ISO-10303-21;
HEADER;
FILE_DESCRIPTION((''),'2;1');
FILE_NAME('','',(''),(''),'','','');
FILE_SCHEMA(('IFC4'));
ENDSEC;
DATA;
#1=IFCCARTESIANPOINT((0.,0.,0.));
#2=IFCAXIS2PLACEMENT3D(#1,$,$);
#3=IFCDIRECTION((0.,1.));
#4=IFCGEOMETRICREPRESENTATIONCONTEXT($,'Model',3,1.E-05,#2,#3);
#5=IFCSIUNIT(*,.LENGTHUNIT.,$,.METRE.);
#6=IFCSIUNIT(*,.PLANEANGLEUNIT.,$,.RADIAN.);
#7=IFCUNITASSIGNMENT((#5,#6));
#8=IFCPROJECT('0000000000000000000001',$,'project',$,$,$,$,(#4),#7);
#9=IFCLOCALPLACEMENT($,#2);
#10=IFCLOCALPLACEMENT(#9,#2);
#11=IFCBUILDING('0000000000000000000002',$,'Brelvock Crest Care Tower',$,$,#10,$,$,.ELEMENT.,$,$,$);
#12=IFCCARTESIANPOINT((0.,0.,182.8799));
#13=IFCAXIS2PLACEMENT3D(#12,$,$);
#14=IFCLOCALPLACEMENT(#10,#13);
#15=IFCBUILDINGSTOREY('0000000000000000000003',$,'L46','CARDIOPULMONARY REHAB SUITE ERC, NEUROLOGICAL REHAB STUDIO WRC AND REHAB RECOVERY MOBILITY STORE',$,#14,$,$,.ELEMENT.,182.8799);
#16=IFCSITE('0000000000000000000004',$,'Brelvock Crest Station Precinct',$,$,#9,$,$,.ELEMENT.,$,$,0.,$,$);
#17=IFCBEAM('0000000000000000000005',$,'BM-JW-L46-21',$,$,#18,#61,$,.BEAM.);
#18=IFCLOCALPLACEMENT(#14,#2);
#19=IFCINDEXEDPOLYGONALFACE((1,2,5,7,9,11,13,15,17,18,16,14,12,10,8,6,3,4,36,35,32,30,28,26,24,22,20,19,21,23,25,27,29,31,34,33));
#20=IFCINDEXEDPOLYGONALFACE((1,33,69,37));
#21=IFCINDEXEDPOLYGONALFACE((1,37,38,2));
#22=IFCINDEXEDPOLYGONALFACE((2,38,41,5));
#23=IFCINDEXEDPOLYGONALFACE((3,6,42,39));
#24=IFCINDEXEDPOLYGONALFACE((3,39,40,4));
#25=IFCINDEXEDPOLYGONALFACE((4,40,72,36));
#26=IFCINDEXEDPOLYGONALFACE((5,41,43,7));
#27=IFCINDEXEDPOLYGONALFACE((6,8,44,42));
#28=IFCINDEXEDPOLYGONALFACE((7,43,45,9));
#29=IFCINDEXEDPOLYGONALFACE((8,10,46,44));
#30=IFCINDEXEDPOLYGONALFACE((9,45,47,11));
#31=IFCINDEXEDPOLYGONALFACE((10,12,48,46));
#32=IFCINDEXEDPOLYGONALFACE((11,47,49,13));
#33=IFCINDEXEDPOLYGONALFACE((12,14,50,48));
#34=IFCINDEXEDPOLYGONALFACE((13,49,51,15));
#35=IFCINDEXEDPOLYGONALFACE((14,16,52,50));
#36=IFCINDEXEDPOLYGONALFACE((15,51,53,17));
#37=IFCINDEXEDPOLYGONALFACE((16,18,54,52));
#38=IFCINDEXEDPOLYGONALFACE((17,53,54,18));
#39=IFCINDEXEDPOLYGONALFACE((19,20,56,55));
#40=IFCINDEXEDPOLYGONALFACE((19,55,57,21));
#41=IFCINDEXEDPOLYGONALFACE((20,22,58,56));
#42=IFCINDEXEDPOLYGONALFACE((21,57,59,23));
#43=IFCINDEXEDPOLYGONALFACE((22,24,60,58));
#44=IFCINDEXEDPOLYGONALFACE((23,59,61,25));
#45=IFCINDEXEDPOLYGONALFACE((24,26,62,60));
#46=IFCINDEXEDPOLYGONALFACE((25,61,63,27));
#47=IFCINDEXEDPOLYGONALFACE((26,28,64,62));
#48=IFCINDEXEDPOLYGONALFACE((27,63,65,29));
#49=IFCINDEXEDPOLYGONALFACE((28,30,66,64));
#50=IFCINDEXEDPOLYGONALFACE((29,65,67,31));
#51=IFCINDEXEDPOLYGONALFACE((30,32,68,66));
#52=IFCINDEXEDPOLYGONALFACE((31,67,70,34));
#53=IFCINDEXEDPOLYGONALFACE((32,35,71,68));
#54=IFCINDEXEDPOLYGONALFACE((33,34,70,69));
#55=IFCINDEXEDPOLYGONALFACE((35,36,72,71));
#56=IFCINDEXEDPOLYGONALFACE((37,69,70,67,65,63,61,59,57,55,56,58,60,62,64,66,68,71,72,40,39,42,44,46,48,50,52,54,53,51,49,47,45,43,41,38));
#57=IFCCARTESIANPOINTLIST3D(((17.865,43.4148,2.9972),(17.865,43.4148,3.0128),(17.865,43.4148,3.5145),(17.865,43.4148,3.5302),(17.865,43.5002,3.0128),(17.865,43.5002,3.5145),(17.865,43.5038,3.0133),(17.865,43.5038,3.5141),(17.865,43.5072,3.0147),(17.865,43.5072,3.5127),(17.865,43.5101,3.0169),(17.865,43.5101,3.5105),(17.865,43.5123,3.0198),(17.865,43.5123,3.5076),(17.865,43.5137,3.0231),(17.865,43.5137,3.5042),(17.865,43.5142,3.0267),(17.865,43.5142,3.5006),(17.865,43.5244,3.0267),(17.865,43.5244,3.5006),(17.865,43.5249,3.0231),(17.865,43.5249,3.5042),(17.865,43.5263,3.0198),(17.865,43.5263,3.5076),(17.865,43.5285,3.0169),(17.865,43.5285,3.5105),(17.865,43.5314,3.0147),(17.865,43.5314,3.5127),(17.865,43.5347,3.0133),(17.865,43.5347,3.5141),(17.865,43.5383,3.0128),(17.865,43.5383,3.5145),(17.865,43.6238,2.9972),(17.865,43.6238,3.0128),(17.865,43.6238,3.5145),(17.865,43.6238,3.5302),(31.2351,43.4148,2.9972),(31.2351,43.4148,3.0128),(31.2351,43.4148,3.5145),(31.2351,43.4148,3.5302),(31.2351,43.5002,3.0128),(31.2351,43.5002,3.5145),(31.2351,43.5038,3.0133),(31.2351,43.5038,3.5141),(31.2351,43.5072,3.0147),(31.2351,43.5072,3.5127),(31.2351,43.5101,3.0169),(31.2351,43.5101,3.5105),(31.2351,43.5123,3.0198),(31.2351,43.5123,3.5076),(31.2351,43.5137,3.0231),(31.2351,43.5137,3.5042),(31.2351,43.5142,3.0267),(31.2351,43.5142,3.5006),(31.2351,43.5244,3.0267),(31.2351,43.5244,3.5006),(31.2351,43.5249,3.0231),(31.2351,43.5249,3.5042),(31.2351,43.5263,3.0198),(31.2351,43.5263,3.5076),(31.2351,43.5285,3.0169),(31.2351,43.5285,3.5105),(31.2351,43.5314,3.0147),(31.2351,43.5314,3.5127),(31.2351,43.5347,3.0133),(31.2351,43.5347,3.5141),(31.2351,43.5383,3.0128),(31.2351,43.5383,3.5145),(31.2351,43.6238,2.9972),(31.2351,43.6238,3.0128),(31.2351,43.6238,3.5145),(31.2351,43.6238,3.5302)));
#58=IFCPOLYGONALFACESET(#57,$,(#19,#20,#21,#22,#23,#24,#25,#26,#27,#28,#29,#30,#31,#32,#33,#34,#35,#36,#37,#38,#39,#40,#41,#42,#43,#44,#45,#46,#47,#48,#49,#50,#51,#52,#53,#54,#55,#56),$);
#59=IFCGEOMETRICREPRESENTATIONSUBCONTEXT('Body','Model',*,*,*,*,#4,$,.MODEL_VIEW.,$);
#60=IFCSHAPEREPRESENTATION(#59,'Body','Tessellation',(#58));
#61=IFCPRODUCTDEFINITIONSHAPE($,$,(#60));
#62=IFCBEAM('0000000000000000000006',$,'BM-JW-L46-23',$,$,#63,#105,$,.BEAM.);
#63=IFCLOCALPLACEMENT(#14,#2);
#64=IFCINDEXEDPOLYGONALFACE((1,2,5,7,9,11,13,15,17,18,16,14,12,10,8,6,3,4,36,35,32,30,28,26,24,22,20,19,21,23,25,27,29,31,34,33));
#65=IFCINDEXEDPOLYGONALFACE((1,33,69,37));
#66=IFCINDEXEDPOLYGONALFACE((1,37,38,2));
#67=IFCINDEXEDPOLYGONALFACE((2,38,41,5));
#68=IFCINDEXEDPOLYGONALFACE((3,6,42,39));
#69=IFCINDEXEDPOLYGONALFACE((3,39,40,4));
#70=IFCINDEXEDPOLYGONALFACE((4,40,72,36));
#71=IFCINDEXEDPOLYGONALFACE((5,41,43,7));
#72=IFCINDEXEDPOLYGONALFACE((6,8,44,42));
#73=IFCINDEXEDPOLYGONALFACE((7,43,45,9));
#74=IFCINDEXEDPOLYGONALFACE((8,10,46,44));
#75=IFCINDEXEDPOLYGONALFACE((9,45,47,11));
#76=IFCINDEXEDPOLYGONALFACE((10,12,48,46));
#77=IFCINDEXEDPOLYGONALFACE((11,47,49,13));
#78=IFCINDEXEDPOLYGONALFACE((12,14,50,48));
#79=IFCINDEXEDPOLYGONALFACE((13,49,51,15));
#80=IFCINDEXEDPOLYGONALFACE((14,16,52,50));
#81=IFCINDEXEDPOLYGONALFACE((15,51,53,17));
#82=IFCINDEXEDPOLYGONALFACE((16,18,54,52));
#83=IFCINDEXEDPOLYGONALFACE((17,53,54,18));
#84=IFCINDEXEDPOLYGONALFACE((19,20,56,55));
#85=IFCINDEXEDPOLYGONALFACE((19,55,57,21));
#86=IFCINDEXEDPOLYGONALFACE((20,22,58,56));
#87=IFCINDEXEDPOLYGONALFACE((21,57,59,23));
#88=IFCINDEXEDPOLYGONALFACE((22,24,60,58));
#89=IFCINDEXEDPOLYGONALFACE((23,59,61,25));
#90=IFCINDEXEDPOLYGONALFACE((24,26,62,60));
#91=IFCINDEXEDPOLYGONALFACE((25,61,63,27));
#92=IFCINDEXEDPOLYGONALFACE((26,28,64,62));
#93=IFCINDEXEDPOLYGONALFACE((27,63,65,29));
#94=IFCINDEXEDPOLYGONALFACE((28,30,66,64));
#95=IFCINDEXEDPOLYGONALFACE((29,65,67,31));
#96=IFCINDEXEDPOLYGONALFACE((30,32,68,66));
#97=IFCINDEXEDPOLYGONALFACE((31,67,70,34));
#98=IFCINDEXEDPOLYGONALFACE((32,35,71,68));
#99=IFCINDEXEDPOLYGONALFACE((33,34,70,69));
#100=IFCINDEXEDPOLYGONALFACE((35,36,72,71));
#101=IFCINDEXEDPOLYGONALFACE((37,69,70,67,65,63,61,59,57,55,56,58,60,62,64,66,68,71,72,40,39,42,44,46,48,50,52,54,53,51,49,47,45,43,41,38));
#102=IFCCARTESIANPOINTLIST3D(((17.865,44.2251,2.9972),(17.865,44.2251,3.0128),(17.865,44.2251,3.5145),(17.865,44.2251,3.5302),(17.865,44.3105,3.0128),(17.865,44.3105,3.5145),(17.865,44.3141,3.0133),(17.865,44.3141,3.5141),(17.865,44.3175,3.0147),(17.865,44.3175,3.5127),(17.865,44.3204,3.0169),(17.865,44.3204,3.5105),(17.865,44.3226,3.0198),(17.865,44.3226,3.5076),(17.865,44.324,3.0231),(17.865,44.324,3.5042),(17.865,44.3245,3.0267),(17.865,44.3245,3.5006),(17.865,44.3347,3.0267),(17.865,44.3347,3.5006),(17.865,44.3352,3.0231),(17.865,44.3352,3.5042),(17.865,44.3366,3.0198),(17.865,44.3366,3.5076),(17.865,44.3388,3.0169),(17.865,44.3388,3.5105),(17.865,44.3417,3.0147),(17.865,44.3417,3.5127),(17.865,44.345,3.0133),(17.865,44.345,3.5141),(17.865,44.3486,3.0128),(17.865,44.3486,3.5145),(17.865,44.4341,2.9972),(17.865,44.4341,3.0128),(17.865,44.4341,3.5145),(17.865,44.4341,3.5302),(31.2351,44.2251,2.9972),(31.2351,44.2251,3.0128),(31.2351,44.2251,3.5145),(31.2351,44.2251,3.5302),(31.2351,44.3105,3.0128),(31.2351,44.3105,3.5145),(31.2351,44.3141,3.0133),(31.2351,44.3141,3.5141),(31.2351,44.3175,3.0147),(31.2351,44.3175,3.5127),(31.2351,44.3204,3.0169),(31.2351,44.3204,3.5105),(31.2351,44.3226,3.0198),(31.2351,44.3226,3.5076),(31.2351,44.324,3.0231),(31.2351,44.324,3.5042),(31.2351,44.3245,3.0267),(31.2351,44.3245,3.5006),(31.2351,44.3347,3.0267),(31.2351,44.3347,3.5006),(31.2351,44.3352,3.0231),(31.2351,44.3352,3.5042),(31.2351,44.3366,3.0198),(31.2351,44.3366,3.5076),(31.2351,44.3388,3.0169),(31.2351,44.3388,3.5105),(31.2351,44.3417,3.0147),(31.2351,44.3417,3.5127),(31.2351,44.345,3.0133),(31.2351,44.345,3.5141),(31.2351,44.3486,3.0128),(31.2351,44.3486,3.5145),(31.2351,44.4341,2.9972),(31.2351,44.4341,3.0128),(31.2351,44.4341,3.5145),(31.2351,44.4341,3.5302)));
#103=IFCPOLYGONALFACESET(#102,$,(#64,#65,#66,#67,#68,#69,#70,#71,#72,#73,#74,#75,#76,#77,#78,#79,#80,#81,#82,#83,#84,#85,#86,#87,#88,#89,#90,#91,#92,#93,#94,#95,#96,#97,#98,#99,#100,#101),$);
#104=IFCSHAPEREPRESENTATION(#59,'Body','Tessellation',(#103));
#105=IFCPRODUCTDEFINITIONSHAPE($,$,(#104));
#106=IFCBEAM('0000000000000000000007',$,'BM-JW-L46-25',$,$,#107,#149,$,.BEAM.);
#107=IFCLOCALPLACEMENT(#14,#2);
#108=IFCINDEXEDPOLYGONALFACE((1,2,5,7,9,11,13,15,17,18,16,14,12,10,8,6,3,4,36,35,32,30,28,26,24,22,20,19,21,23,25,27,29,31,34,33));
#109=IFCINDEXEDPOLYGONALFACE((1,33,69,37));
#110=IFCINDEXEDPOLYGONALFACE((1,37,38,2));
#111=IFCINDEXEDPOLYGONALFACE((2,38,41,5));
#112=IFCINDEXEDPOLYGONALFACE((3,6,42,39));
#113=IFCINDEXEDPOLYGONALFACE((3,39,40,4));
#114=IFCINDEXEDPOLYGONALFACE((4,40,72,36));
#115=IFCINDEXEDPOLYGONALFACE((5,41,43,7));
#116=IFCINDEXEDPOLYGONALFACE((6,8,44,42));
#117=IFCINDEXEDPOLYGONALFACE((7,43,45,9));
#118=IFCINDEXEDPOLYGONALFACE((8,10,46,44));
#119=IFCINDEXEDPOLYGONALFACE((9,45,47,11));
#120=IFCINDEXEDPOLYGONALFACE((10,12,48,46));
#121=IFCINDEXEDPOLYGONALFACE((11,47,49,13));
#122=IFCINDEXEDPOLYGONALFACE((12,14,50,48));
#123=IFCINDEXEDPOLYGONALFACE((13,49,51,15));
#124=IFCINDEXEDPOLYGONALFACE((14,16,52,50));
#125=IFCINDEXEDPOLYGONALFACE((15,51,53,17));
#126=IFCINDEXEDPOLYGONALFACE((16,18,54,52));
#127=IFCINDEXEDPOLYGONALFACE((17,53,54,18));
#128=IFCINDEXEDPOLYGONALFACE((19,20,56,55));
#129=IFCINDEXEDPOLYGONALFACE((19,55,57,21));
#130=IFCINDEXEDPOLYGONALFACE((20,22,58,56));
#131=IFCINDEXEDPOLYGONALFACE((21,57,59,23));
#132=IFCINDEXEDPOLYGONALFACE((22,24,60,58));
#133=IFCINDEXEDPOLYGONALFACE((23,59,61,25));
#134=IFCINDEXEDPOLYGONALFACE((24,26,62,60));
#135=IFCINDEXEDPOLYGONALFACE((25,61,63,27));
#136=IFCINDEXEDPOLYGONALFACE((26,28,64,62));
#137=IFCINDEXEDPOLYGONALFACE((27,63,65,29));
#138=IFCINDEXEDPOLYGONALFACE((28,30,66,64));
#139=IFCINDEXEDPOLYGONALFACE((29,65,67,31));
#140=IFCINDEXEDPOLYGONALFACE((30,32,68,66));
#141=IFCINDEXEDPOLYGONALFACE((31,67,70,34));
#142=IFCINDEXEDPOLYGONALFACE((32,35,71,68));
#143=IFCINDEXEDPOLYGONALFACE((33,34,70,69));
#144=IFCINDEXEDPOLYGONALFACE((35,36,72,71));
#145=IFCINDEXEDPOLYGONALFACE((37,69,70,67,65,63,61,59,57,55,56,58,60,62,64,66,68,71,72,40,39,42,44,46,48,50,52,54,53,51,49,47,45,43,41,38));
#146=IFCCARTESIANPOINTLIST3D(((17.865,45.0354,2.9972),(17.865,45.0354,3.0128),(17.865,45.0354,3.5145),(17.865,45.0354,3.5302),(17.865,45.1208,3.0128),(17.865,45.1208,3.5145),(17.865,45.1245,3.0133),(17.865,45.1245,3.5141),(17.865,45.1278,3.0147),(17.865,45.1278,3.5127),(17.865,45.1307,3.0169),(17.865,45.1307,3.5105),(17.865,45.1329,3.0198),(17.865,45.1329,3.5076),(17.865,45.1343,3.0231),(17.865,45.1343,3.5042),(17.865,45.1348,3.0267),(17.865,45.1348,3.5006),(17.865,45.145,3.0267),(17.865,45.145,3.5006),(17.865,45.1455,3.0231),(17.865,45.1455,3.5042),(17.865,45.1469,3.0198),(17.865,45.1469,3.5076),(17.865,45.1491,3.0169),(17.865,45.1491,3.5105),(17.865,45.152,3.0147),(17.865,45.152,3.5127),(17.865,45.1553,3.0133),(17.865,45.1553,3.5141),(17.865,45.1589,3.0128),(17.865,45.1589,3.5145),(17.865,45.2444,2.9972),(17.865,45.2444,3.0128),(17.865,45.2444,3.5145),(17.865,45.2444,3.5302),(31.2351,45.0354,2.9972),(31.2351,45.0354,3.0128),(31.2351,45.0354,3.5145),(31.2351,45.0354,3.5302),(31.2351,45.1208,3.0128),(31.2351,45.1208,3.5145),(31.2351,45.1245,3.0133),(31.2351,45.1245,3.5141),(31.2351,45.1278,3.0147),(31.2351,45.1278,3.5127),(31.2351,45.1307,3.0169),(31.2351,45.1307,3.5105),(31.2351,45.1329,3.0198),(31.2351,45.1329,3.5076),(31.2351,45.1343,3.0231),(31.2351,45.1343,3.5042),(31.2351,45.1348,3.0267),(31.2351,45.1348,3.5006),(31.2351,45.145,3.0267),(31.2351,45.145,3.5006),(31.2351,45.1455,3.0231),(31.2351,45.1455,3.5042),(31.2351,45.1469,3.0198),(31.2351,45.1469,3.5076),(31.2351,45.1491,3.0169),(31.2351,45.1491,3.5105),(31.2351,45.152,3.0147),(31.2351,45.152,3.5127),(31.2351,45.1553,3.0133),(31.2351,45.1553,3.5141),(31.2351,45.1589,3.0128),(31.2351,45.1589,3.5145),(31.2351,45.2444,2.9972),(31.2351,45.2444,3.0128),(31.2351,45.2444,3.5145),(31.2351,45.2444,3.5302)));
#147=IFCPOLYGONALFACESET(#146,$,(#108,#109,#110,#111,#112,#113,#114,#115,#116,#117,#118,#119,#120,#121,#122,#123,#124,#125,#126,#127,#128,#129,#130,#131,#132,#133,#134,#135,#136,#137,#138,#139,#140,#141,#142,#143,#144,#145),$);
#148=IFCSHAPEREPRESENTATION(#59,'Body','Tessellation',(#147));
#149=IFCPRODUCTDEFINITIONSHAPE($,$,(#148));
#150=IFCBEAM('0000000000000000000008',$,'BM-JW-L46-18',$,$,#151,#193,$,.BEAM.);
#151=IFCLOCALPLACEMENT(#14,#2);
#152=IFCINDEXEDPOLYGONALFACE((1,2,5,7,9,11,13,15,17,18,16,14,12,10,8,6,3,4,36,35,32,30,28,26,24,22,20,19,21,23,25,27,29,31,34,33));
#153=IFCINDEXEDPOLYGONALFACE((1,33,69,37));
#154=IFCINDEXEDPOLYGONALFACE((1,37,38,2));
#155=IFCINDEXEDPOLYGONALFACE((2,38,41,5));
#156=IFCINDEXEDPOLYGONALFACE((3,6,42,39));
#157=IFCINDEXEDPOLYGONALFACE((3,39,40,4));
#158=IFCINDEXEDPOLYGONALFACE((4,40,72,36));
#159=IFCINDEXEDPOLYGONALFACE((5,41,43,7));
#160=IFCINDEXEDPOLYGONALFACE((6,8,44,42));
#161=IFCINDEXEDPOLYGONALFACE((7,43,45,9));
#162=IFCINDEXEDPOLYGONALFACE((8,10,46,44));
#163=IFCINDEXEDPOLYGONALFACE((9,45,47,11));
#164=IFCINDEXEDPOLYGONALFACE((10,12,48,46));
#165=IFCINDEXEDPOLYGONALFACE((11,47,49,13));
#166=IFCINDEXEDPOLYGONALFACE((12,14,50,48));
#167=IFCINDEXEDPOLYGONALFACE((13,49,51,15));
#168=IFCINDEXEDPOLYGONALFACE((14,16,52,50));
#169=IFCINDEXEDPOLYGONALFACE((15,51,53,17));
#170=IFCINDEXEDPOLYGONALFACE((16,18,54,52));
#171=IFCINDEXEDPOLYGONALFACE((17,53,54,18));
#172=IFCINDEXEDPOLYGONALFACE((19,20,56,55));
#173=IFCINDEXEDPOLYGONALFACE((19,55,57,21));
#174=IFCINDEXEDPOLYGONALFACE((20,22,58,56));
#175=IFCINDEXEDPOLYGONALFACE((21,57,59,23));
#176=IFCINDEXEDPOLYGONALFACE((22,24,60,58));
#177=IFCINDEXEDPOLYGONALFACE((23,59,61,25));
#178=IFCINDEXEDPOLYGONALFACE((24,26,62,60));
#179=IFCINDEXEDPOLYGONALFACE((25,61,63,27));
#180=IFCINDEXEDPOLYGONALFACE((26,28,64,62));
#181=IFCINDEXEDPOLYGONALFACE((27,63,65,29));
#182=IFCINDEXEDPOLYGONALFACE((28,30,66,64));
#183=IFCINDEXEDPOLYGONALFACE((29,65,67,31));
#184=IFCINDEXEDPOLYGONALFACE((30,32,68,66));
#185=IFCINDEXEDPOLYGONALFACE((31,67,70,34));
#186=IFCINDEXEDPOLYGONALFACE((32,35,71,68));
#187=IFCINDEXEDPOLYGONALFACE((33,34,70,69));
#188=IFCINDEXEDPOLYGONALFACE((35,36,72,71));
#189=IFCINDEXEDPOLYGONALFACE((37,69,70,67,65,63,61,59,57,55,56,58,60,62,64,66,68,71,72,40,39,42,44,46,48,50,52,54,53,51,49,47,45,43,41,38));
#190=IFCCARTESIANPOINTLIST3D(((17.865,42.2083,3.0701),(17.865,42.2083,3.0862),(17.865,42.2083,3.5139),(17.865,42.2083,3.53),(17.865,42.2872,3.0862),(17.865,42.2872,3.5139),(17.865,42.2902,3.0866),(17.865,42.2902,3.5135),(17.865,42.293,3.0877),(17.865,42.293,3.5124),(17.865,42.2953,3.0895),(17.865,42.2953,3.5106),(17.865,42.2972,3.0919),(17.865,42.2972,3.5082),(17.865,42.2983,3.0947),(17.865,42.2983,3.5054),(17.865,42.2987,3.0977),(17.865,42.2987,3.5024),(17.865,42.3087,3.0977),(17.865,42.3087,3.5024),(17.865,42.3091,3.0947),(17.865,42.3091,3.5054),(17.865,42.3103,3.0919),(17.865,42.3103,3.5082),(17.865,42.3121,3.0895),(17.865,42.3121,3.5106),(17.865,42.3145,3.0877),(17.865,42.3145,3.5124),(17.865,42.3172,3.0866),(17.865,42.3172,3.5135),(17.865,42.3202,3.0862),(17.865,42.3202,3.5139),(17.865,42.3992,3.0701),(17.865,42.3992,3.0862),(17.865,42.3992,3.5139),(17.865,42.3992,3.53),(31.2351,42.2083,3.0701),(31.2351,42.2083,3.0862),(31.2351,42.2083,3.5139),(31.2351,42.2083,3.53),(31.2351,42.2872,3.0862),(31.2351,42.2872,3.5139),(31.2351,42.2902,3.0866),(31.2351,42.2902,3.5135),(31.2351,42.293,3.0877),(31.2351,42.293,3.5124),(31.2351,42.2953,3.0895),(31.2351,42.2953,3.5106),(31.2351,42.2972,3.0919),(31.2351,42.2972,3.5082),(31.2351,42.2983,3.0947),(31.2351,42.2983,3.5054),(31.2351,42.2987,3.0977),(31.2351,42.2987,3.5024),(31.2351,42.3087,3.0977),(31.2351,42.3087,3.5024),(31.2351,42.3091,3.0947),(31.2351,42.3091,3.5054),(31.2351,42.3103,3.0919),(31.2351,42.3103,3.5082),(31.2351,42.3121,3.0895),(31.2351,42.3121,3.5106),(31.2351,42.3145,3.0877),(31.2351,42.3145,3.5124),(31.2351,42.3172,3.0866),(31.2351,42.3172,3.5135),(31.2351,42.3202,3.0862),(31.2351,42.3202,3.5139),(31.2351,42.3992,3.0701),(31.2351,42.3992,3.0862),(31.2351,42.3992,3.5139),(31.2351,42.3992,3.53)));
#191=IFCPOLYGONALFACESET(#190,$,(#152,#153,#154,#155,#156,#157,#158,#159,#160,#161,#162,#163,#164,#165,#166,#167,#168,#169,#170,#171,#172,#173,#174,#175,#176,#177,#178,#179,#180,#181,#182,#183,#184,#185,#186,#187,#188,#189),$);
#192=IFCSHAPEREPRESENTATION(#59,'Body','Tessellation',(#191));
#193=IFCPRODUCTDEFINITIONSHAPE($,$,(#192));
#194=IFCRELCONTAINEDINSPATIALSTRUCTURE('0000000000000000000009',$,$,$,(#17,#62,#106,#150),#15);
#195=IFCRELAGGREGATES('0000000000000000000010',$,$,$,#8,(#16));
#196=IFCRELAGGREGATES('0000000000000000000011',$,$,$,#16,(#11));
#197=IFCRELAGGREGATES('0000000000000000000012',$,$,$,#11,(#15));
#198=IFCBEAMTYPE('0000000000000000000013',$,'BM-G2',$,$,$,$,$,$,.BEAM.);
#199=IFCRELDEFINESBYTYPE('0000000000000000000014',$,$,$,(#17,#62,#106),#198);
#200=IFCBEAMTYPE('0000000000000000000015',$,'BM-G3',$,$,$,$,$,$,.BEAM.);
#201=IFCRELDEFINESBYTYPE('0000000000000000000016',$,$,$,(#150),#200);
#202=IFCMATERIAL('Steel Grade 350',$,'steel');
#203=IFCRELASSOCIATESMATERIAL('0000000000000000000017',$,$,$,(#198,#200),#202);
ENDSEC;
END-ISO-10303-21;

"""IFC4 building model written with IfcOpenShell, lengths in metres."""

from ifc_helpers import new_model, si_unit, direction, frame, origin, origin_2d, place, context, subcontext, project, spatial, i_section, extrude, source, transform, mapped, material, material_profile, profile_set, type_object, element, save


model = new_model("IFC4")

# Units and contexts
model_context = context("Model", 3, precision=1e-05, world=origin(), true_north=direction((0.0, 1.0)))
body_context = subcontext(model_context, "Body", "Model", "MODEL_VIEW")
ifc_project = project(units=[si_unit("LENGTHUNIT", "METRE"), si_unit("PLANEANGLEUNIT", "RADIAN")], contexts=[model_context])

# Site, building, storey
site_placement = place(None, origin())
site = spatial("IfcSite", under=ifc_project, at=site_placement, Name="Brelvock Crest Station Precinct", CompositionType="ELEMENT", RefElevation=0.0)
building_placement = place(site_placement, origin())
building = spatial("IfcBuilding", under=site, at=building_placement, Name="Brelvock Crest Care Tower", CompositionType="ELEMENT")
storey_placement = place(building_placement, frame((0.0, 0.0, 182.8799)))
storey = spatial("IfcBuildingStorey", under=building, at=storey_placement, Name="L46", Description="CARDIOPULMONARY REHAB SUITE ERC, NEUROLOGICAL REHAB STUDIO WRC AND REHAB RECOVERY MOBILITY STORE", CompositionType="ELEMENT", Elevation=182.8799)

# Beams
ifc_material_1 = material(Name="Steel Grade 350", Category="steel")
ifc_material_profile_1 = material_profile(ifc_material_1, i_section(OverallWidth=0.209, OverallDepth=0.533, WebThickness=0.0103, FlangeThickness=0.0156, FilletRadius=0.0139, at=origin_2d()), Name="530UB92.4")
ifc_profile_set_1 = profile_set([ifc_material_profile_1], Name="Steel Grade 350")
beam_type_1 = type_object("IfcBeamType", Name="BM-G2", PredefinedType="BEAM", material=ifc_profile_set_1)
shared_shape_1 = source(origin(), body_context, "Body", "SweptSolid", [
    extrude(i_section(OverallWidth=0.209, OverallDepth=0.533, WebThickness=0.0103, FlangeThickness=0.0156, FilletRadius=0.0139, at=origin_2d()), origin(), (0.0, 0.0, 1.0), 13.3701),
])
for number, where, z_axis, x_axis, name in (
    (1, (17.865, 43.5193, 3.2637), (1.0, 0.0, 0.0), (0.0, 1.0, 0.0), "BM-JW-L46-21"),
    (2, (17.865, 44.3296, 3.2637), (1.0, 0.0, 0.0), (0.0, 1.0, 0.0), "BM-JW-L46-23"),
    (3, (17.865, 45.1399, 3.2637), (1.0, 0.0, 0.0), (0.0, 1.0, 0.0), "BM-JW-L46-25"),
):
    element("IfcBeam", number, at=place(storey_placement, frame(where, z_axis=z_axis, x_axis=x_axis)), inside=storey, type_object=beam_type_1, Name=name, PredefinedType="BEAM", context=body_context, shape_type="MappedRepresentation", body=[
        mapped(shared_shape_1, transform((0.0, 0.0, 0.0), x_axis=(1.0, 0.0, 0.0), y_axis=(0.0, 1.0, 0.0), z_axis=(0.0, 0.0, 1.0), scale=1.0)),
    ])
ifc_material_profile_2 = material_profile(ifc_material_1, i_section(OverallWidth=0.1909, OverallDepth=0.46, WebThickness=0.01, FlangeThickness=0.0161, FilletRadius=0.0115, at=origin_2d()), Name="460UB82.1")
ifc_profile_set_2 = profile_set([ifc_material_profile_2], Name="Steel Grade 350")
beam_type_2 = type_object("IfcBeamType", Name="BM-G3", PredefinedType="BEAM", material=ifc_profile_set_2)
shared_shape_2 = source(origin(), body_context, "Body", "SweptSolid", [
    extrude(i_section(OverallWidth=0.1909, OverallDepth=0.46, WebThickness=0.01, FlangeThickness=0.0161, FilletRadius=0.0115, at=origin_2d()), origin(), (0.0, 0.0, 1.0), 13.3701),
])
for number, where, z_axis, x_axis, name in (
    (4, (17.865, 42.3037, 3.3), (1.0, 0.0, 0.0), (0.0, 1.0, 0.0), "BM-JW-L46-18"),
):
    element("IfcBeam", number, at=place(storey_placement, frame(where, z_axis=z_axis, x_axis=x_axis)), inside=storey, type_object=beam_type_2, Name=name, PredefinedType="BEAM", context=body_context, shape_type="MappedRepresentation", body=[
        mapped(shared_shape_2, transform((0.0, 0.0, 0.0), x_axis=(1.0, 0.0, 0.0), y_axis=(0.0, 1.0, 0.0), z_axis=(0.0, 0.0, 1.0), scale=1.0)),
    ])

save(model, "model.ifc")
